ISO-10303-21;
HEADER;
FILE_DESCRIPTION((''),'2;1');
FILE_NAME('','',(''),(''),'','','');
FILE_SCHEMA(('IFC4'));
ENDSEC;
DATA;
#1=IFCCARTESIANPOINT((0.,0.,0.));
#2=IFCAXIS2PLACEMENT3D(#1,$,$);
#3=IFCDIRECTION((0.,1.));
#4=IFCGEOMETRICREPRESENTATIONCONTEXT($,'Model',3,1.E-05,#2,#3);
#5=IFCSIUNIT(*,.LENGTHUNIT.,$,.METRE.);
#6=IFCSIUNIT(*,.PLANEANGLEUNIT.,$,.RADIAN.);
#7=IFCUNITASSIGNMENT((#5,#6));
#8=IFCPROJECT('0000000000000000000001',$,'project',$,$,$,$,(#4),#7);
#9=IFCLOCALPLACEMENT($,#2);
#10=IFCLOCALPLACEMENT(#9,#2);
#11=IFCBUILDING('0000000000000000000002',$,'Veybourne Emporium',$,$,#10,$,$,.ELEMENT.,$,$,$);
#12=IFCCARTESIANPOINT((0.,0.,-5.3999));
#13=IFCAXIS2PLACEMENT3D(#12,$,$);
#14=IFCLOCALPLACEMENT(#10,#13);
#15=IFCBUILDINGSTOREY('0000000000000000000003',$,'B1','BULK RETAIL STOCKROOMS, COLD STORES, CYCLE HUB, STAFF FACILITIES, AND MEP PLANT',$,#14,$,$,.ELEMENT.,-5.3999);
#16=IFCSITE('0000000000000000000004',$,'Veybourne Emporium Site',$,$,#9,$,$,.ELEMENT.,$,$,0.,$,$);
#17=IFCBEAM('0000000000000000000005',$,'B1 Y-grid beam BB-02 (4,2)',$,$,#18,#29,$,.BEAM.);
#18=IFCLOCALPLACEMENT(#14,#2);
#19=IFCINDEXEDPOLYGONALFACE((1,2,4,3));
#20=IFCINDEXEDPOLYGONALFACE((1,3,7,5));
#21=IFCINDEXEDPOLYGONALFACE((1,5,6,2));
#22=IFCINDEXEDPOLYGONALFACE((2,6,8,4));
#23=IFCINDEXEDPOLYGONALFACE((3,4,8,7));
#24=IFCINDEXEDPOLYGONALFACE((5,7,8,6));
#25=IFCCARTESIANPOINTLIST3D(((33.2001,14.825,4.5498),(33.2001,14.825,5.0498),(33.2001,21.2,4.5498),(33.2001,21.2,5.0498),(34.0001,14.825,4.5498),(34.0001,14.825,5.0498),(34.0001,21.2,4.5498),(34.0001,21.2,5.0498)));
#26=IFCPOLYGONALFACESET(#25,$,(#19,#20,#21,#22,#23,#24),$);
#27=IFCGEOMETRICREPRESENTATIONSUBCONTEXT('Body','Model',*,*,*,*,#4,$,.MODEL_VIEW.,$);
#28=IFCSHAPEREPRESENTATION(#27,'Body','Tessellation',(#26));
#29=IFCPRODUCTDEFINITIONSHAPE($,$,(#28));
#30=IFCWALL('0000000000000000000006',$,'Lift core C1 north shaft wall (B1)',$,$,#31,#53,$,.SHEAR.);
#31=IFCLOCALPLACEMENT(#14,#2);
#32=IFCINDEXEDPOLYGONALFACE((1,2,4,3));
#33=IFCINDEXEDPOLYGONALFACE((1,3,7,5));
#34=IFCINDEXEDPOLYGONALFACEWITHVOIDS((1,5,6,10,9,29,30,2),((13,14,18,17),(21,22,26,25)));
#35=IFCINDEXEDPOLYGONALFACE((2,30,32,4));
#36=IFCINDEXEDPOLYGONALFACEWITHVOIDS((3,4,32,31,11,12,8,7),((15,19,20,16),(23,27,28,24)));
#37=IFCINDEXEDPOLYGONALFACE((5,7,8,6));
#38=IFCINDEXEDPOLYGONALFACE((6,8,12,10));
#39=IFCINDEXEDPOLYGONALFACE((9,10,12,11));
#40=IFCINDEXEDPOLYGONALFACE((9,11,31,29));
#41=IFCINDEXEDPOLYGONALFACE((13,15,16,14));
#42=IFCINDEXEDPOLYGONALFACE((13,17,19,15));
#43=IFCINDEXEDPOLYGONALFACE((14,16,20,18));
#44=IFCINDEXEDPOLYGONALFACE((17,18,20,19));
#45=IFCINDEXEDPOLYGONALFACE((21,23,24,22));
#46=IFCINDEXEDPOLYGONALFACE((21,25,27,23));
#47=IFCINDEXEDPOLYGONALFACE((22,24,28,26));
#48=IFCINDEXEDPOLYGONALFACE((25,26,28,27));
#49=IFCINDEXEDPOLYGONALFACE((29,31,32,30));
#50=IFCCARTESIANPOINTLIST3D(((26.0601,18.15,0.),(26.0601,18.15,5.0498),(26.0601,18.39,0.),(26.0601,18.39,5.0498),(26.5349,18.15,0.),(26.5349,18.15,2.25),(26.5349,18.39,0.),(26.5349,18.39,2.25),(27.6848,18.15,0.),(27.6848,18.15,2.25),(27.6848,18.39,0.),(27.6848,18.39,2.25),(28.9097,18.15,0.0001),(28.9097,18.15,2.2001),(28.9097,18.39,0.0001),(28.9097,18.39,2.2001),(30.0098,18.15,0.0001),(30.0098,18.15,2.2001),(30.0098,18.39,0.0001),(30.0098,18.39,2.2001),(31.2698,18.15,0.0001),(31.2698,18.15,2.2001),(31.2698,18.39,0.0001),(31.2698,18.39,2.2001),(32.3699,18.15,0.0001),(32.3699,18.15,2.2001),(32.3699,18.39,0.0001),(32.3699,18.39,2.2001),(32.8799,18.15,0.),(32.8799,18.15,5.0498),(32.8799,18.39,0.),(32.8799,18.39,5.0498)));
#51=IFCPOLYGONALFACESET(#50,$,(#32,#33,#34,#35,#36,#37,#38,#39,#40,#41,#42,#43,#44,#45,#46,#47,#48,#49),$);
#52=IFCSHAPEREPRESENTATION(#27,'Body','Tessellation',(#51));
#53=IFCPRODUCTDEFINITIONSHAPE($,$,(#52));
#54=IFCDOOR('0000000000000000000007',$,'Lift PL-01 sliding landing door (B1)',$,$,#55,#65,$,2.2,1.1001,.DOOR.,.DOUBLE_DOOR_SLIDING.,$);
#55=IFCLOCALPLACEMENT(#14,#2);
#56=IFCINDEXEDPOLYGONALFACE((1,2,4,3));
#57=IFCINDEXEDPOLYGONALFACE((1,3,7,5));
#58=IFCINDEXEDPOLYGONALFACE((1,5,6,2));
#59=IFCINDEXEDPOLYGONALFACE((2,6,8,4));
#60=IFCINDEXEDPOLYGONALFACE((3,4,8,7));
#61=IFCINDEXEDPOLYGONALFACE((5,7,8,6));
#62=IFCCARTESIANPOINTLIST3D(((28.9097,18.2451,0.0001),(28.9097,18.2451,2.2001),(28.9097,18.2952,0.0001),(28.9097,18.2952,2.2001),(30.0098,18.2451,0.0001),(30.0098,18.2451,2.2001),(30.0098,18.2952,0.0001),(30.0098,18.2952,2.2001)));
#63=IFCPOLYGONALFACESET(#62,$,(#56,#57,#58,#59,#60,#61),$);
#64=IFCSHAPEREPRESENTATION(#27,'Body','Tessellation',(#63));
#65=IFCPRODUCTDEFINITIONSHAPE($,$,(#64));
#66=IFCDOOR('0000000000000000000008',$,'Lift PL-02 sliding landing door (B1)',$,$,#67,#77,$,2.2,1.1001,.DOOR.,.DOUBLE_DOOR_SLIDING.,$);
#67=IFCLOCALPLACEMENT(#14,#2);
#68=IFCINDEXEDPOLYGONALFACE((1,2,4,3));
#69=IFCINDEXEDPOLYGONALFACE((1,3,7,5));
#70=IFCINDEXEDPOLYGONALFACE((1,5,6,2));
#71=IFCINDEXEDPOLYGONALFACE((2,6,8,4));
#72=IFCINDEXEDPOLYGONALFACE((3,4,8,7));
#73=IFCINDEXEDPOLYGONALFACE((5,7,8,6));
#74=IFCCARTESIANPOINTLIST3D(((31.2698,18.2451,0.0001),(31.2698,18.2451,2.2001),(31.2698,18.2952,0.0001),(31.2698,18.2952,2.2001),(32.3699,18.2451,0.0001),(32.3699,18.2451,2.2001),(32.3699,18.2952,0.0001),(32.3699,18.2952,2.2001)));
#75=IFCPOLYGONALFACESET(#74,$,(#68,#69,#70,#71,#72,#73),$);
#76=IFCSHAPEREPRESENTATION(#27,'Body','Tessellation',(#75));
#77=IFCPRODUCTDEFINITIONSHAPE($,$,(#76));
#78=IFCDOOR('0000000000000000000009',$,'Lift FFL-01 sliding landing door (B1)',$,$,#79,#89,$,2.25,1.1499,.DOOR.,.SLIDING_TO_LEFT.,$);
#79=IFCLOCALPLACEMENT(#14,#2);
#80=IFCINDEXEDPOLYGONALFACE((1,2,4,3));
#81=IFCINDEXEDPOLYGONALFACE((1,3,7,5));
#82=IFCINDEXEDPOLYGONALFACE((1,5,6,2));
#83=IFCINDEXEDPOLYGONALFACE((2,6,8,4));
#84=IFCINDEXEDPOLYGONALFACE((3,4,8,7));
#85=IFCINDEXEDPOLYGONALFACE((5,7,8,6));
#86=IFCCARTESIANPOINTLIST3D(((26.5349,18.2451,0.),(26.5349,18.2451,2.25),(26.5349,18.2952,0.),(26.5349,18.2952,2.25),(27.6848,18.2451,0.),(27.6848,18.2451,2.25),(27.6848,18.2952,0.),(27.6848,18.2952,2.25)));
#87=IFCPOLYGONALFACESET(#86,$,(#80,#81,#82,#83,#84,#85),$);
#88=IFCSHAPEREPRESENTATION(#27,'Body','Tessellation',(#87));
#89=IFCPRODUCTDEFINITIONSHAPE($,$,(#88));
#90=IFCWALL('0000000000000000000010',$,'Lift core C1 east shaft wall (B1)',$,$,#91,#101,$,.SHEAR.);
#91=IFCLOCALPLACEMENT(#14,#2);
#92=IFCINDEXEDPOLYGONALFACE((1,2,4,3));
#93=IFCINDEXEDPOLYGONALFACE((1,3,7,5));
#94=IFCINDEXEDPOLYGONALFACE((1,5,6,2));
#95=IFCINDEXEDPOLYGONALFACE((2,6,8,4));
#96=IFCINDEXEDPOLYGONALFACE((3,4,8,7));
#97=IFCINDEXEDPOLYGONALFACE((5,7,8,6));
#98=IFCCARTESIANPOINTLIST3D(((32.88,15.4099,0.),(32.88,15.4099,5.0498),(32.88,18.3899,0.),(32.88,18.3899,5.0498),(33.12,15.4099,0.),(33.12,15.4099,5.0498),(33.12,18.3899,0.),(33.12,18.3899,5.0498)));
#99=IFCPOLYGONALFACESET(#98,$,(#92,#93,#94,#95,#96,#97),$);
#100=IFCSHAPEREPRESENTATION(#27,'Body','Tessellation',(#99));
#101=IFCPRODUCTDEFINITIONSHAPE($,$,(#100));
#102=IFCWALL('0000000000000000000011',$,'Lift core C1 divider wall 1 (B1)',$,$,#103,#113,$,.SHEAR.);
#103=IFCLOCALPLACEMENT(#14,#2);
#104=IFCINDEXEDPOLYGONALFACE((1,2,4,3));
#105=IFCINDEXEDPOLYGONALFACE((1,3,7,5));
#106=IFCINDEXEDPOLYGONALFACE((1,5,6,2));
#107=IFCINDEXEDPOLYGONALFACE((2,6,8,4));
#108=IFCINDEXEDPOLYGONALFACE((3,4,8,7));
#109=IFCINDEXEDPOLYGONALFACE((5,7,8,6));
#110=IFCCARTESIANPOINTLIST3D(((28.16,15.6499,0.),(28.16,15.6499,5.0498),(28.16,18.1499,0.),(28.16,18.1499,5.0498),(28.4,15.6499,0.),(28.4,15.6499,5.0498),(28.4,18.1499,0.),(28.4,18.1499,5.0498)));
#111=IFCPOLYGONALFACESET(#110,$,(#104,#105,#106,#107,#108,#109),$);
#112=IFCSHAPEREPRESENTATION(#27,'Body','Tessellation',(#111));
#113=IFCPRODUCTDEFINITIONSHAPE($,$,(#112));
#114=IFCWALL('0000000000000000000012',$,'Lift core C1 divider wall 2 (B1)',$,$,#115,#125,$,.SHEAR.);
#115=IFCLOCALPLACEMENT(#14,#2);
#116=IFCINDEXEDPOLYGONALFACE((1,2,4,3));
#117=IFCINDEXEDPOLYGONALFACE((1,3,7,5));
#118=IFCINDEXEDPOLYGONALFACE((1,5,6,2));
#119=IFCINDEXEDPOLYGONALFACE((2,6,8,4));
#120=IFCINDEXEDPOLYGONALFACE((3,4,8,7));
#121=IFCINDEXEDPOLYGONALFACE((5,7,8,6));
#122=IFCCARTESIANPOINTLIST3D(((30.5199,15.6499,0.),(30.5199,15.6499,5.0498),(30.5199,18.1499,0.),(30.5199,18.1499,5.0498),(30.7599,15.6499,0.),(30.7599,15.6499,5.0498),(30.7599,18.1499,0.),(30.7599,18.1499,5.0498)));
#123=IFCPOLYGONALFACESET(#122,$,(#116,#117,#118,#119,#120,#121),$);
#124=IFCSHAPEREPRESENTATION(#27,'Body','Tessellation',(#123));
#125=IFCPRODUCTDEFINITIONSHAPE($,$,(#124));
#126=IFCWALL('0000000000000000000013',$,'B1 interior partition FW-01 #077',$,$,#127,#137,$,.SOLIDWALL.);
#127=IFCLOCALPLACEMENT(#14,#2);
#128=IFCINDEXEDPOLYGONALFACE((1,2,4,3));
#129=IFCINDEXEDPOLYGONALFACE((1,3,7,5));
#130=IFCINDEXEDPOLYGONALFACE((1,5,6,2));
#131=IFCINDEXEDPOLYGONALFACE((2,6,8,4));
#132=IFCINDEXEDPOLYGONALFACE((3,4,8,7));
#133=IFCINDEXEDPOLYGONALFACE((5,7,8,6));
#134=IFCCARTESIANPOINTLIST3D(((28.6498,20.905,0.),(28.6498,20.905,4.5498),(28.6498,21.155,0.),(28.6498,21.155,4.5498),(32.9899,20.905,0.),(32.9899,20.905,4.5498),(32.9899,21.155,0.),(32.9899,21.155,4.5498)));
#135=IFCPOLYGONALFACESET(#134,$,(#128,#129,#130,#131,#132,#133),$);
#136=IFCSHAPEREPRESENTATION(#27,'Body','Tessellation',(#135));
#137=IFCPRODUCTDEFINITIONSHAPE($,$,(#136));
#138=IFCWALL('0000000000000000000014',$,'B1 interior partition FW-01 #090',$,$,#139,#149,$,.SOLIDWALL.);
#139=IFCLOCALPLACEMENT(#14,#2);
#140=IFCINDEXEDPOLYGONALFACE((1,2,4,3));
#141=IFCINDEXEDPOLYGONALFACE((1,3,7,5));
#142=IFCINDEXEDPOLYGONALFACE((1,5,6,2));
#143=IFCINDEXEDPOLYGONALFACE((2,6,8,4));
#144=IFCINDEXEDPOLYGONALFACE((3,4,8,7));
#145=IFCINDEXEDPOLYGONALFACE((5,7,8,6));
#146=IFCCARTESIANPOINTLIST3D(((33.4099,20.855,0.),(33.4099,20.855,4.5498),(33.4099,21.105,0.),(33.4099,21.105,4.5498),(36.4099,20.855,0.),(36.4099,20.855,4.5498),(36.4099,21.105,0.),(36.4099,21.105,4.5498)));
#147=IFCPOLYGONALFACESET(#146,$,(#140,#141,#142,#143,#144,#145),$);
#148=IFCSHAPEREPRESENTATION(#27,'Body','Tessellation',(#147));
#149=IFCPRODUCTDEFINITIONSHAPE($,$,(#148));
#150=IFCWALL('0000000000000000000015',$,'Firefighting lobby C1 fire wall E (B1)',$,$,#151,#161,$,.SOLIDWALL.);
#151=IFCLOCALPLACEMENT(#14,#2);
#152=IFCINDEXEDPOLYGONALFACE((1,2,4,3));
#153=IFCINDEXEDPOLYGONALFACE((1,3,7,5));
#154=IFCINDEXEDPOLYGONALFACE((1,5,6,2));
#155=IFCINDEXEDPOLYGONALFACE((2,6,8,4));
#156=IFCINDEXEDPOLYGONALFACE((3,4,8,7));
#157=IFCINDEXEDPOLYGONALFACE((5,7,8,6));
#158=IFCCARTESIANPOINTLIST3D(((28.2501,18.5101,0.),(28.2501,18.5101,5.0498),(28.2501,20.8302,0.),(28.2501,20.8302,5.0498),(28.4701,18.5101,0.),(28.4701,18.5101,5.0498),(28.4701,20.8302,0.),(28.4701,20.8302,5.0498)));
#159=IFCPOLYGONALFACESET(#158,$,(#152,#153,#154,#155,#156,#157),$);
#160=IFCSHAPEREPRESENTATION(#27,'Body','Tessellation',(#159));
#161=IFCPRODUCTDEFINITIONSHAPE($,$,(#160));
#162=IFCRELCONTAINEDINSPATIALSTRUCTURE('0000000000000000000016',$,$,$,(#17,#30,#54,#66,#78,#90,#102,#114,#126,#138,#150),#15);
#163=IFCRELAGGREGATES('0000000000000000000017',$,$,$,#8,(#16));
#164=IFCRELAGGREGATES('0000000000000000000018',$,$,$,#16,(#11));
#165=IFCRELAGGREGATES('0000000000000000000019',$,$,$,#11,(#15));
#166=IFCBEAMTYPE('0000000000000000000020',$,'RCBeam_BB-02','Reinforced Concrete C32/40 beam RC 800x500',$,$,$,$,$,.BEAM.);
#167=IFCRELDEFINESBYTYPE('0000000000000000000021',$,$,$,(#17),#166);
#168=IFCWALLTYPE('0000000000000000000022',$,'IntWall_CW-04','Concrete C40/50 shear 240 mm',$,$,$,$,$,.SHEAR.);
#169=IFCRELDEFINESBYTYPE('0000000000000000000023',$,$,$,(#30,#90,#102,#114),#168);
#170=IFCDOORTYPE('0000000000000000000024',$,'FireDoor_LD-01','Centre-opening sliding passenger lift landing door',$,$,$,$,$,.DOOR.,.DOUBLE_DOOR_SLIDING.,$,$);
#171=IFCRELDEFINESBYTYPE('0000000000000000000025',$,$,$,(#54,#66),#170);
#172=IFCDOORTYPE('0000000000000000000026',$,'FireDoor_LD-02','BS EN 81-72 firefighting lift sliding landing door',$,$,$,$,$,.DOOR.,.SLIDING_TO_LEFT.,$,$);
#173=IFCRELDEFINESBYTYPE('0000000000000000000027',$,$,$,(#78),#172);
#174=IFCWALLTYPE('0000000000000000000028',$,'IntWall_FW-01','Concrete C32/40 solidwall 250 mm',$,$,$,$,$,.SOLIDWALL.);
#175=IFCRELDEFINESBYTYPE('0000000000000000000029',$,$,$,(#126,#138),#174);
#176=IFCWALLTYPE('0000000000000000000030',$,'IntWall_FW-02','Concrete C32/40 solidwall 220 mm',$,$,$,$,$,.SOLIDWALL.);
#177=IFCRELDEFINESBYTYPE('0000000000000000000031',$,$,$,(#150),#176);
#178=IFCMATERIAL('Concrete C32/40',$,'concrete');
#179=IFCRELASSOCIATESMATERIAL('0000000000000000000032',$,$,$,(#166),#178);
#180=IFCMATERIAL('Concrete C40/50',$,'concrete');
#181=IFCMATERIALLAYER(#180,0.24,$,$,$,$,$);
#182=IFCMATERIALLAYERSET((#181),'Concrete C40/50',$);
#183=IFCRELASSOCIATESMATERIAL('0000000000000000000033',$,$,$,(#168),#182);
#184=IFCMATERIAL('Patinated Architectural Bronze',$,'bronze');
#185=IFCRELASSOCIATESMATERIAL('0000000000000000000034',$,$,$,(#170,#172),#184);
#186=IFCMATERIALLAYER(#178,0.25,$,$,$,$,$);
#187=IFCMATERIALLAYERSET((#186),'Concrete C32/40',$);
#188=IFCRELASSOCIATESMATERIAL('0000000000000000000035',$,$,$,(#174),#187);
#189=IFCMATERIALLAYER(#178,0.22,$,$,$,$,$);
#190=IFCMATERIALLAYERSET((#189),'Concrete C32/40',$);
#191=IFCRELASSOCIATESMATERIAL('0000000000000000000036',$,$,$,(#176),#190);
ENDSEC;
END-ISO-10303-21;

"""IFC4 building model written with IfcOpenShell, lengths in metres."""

from ifc_helpers import new_model, si_unit, direction, frame, frame_2d, origin, origin_2d, place, context, subcontext, project, spatial, rectangle, extrude, material, layer, layer_set, material_profile, profile_set, type_object, element, fill, save


model = new_model("IFC4")

# Units and contexts
model_context = context("Model", 3, precision=1e-05, world=origin(), true_north=direction((0.0, 1.0)))
body_context = subcontext(model_context, "Body", "Model", "MODEL_VIEW")
ifc_project = project(units=[si_unit("LENGTHUNIT", "METRE"), si_unit("PLANEANGLEUNIT", "RADIAN")], contexts=[model_context])

# Site, building, storey
site_placement = place(None, origin())
site = spatial("IfcSite", under=ifc_project, at=site_placement, Name="Veybourne Emporium Site", CompositionType="ELEMENT", RefElevation=0.0)
building_placement = place(site_placement, origin())
building = spatial("IfcBuilding", under=site, at=building_placement, Name="Veybourne Emporium", CompositionType="ELEMENT")
storey_placement = place(building_placement, frame((0.0, 0.0, -5.3999)))
storey = spatial("IfcBuildingStorey", under=building, at=storey_placement, Name="B1", Description="BULK RETAIL STOCKROOMS, COLD STORES, CYCLE HUB, STAFF FACILITIES, AND MEP PLANT", CompositionType="ELEMENT", Elevation=-5.3999)

# Shared definitions
ifc_material_1 = material(Name="Concrete C40/50", Category="concrete")

# Beam
ifc_material_2 = material(Name="Concrete C32/40", Category="concrete")
ifc_material_profile_1 = material_profile(ifc_material_2, rectangle(XDim=0.8, YDim=0.5, at=origin_2d()), Name="RC 800x500")
ifc_profile_set_1 = profile_set([ifc_material_profile_1], Name="Concrete C32/40")
beam_type = type_object("IfcBeamType", Name="RCBeam_BB-02", Description="Reinforced Concrete C32/40 beam RC 800x500", PredefinedType="BEAM", material=ifc_profile_set_1)
beam_placement = place(storey_placement, frame((33.6001, 14.825, 4.7998), z_axis=(0.0, 1.0, 0.0), x_axis=(-1.0, 0.0, 0.0)))
element("IfcBeam", 1, at=beam_placement, inside=storey, type_object=beam_type, Name="B1 Y-grid beam BB-02 (4,2)", PredefinedType="BEAM", context=body_context, shape_type="SweptSolid", body=[
    extrude(rectangle(XDim=0.8, YDim=0.5, at=origin_2d()), origin(), (0.0, 0.0, 1.0), 6.375),
])

# Wall, openings, doors
ifc_layer_1 = layer(ifc_material_1, 0.24)
ifc_layer_set_1 = layer_set([ifc_layer_1], Name="Concrete C40/50")
wall_type_1 = type_object("IfcWallType", Name="IntWall_CW-04", Description="Concrete C40/50 shear 240 mm", PredefinedType="SHEAR", material=ifc_layer_set_1)
wall_1_placement = place(storey_placement, frame((32.8799, 18.27, 0.0), z_axis=(0.0, 0.0, 1.0), x_axis=(-1.0, 0.0, 0.0)))
wall_1 = element("IfcWall", 2, at=wall_1_placement, inside=storey, type_object=wall_type_1, Name="Lift core C1 north shaft wall (B1)", PredefinedType="SHEAR", context=body_context, shape_type="SweptSolid", body=[
    extrude(rectangle(XDim=6.8198, YDim=0.24, at=frame_2d((3.4099, 0.0))), origin(), (0.0, 0.0, 1.0), 5.0498),
])
opening_1_placement = place(wall_1_placement, frame((5.1951, 0.0, 0.0)))
opening_1 = element("IfcOpeningElement", 3, at=opening_1_placement, cuts=wall_1, PredefinedType="OPENING", context=body_context, shape_type="SweptSolid", body=[
    extrude(rectangle(XDim=1.1499, YDim=2.25, at=frame_2d((0.575, 1.125))), frame((0.0, 0.1401, 0.0), z_axis=(0.0, -1.0, 0.0), x_axis=(1.0, 0.0, 0.0)), (0.0, 0.0, 1.0), 0.28),
])
opening_2_placement = place(wall_1_placement, frame((2.8701, 0.0, 0.0)))
opening_2 = element("IfcOpeningElement", 4, at=opening_2_placement, cuts=wall_1, PredefinedType="OPENING", context=body_context, shape_type="SweptSolid", body=[
    extrude(rectangle(XDim=1.1001, YDim=2.2, at=frame_2d((0.55, 1.1001))), frame((0.0, 0.1401, 0.0), z_axis=(0.0, -1.0, 0.0), x_axis=(1.0, 0.0, 0.0)), (0.0, 0.0, 1.0), 0.28),
])
opening_3_placement = place(wall_1_placement, frame((0.51, 0.0, 0.0)))
opening_3 = element("IfcOpeningElement", 5, at=opening_3_placement, cuts=wall_1, PredefinedType="OPENING", context=body_context, shape_type="SweptSolid", body=[
    extrude(rectangle(XDim=1.1001, YDim=2.2, at=frame_2d((0.55, 1.1001))), frame((0.0, 0.1401, 0.0), z_axis=(0.0, -1.0, 0.0), x_axis=(1.0, 0.0, 0.0)), (0.0, 0.0, 1.0), 0.28),
])
ifc_material_3 = material(Name="Patinated Architectural Bronze", Category="bronze")
door_type_1 = type_object("IfcDoorType", Name="FireDoor_LD-01", Description="Centre-opening sliding passenger lift landing door", OperationType="DOUBLE_DOOR_SLIDING", PredefinedType="DOOR", material=ifc_material_3)
door_1_placement = place(opening_2_placement, origin())
door_1 = element("IfcDoor", 6, at=door_1_placement, inside=storey, type_object=door_type_1, Name="Lift PL-01 sliding landing door (B1)", OperationType="DOUBLE_DOOR_SLIDING", OverallHeight=2.2, OverallWidth=1.1001, PredefinedType="DOOR", context=body_context, shape_type="SweptSolid", body=[
    extrude(rectangle(XDim=1.1001, YDim=2.2, at=frame_2d((0.55, 1.1001))), frame((0.0, 0.0249, 0.0), z_axis=(0.0, -1.0, 0.0), x_axis=(1.0, 0.0, 0.0)), (0.0, 0.0, 1.0), 0.05),
])
fill(opening_2, door_1)
door_2_placement = place(opening_3_placement, origin())
door_2 = element("IfcDoor", 7, at=door_2_placement, inside=storey, type_object=door_type_1, Name="Lift PL-02 sliding landing door (B1)", OperationType="DOUBLE_DOOR_SLIDING", OverallHeight=2.2, OverallWidth=1.1001, PredefinedType="DOOR", context=body_context, shape_type="SweptSolid", body=[
    extrude(rectangle(XDim=1.1001, YDim=2.2, at=frame_2d((0.55, 1.1001))), frame((0.0, 0.0249, 0.0), z_axis=(0.0, -1.0, 0.0), x_axis=(1.0, 0.0, 0.0)), (0.0, 0.0, 1.0), 0.05),
])
fill(opening_3, door_2)
door_type_2 = type_object("IfcDoorType", Name="FireDoor_LD-02", Description="BS EN 81-72 firefighting lift sliding landing door", OperationType="SLIDING_TO_LEFT", PredefinedType="DOOR", material=ifc_material_3)
door_3_placement = place(opening_1_placement, origin())
door_3 = element("IfcDoor", 8, at=door_3_placement, inside=storey, type_object=door_type_2, Name="Lift FFL-01 sliding landing door (B1)", OperationType="SLIDING_TO_LEFT", OverallHeight=2.25, OverallWidth=1.1499, PredefinedType="DOOR", context=body_context, shape_type="SweptSolid", body=[
    extrude(rectangle(XDim=1.1499, YDim=2.25, at=frame_2d((0.575, 1.125))), frame((0.0, 0.0249, 0.0), z_axis=(0.0, -1.0, 0.0), x_axis=(1.0, 0.0, 0.0)), (0.0, 0.0, 1.0), 0.05),
])
fill(opening_1, door_3)

# Walls
wall_2_placement = place(storey_placement, frame((33.0, 15.4099, 0.0), z_axis=(0.0, 0.0, 1.0), x_axis=(0.0, 1.0, 0.0)))
element("IfcWall", 9, at=wall_2_placement, inside=storey, type_object=wall_type_1, Name="Lift core C1 east shaft wall (B1)", PredefinedType="SHEAR", context=body_context, shape_type="SweptSolid", body=[
    extrude(rectangle(XDim=2.98, YDim=0.24, at=frame_2d((1.49, 0.0))), origin(), (0.0, 0.0, 1.0), 5.0498),
])
for number, where, z_axis, x_axis, name in (
    (10, (28.28, 15.6499, 0.0), (0.0, 0.0, 1.0), (0.0, 1.0, 0.0), "Lift core C1 divider wall 1 (B1)"),
    (11, (30.6399, 15.6499, 0.0), (0.0, 0.0, 1.0), (0.0, 1.0, 0.0), "Lift core C1 divider wall 2 (B1)"),
):
    element("IfcWall", number, at=place(storey_placement, frame(where, z_axis=z_axis, x_axis=x_axis)), inside=storey, type_object=wall_type_1, Name=name, PredefinedType="SHEAR", context=body_context, shape_type="SweptSolid", body=[
        extrude(rectangle(XDim=2.5, YDim=0.24, at=frame_2d((1.25, 0.0))), origin(), (0.0, 0.0, 1.0), 5.0498),
    ])
ifc_layer_2 = layer(ifc_material_2, 0.25)
ifc_layer_set_2 = layer_set([ifc_layer_2], Name="Concrete C32/40")
wall_type_2 = type_object("IfcWallType", Name="IntWall_FW-01", Description="Concrete C32/40 solidwall 250 mm", PredefinedType="SOLIDWALL", material=ifc_layer_set_2)
wall_3_placement = place(storey_placement, frame((28.6499, 21.03, 0.0), z_axis=(0.0, 0.0, 1.0), x_axis=(1.0, 0.0, 0.0)))
element("IfcWall", 12, at=wall_3_placement, inside=storey, type_object=wall_type_2, Name="B1 interior partition FW-01 #077", PredefinedType="SOLIDWALL", context=body_context, shape_type="SweptSolid", body=[
    extrude(rectangle(XDim=4.3401, YDim=0.25, at=frame_2d((2.1699, 0.0))), origin(), (0.0, 0.0, 1.0), 4.5498),
])

# Walls
wall_4_placement = place(storey_placement, frame((33.4099, 20.98, 0.0), z_axis=(0.0, 0.0, 1.0), x_axis=(1.0, 0.0, 0.0)))
element("IfcWall", 13, at=wall_4_placement, inside=storey, type_object=wall_type_2, Name="B1 interior partition FW-01 #090", PredefinedType="SOLIDWALL", context=body_context, shape_type="SweptSolid", body=[
    extrude(rectangle(XDim=3.0, YDim=0.25, at=frame_2d((1.5, 0.0))), origin(), (0.0, 0.0, 1.0), 4.5498),
])
ifc_layer_3 = layer(ifc_material_2, 0.22)
ifc_layer_set_3 = layer_set([ifc_layer_3], Name="Concrete C32/40")
wall_type_3 = type_object("IfcWallType", Name="IntWall_FW-02", Description="Concrete C32/40 solidwall 220 mm", PredefinedType="SOLIDWALL", material=ifc_layer_set_3)
wall_5_placement = place(storey_placement, frame((28.3601, 18.51, 0.0), z_axis=(0.0, 0.0, 1.0), x_axis=(0.0, 1.0, 0.0)))
element("IfcWall", 14, at=wall_5_placement, inside=storey, type_object=wall_type_3, Name="Firefighting lobby C1 fire wall E (B1)", PredefinedType="SOLIDWALL", context=body_context, shape_type="SweptSolid", body=[
    extrude(rectangle(XDim=2.3201, YDim=0.22, at=frame_2d((1.1602, 0.0))), origin(), (0.0, 0.0, 1.0), 5.0498),
])

save(model, "model.ifc")
